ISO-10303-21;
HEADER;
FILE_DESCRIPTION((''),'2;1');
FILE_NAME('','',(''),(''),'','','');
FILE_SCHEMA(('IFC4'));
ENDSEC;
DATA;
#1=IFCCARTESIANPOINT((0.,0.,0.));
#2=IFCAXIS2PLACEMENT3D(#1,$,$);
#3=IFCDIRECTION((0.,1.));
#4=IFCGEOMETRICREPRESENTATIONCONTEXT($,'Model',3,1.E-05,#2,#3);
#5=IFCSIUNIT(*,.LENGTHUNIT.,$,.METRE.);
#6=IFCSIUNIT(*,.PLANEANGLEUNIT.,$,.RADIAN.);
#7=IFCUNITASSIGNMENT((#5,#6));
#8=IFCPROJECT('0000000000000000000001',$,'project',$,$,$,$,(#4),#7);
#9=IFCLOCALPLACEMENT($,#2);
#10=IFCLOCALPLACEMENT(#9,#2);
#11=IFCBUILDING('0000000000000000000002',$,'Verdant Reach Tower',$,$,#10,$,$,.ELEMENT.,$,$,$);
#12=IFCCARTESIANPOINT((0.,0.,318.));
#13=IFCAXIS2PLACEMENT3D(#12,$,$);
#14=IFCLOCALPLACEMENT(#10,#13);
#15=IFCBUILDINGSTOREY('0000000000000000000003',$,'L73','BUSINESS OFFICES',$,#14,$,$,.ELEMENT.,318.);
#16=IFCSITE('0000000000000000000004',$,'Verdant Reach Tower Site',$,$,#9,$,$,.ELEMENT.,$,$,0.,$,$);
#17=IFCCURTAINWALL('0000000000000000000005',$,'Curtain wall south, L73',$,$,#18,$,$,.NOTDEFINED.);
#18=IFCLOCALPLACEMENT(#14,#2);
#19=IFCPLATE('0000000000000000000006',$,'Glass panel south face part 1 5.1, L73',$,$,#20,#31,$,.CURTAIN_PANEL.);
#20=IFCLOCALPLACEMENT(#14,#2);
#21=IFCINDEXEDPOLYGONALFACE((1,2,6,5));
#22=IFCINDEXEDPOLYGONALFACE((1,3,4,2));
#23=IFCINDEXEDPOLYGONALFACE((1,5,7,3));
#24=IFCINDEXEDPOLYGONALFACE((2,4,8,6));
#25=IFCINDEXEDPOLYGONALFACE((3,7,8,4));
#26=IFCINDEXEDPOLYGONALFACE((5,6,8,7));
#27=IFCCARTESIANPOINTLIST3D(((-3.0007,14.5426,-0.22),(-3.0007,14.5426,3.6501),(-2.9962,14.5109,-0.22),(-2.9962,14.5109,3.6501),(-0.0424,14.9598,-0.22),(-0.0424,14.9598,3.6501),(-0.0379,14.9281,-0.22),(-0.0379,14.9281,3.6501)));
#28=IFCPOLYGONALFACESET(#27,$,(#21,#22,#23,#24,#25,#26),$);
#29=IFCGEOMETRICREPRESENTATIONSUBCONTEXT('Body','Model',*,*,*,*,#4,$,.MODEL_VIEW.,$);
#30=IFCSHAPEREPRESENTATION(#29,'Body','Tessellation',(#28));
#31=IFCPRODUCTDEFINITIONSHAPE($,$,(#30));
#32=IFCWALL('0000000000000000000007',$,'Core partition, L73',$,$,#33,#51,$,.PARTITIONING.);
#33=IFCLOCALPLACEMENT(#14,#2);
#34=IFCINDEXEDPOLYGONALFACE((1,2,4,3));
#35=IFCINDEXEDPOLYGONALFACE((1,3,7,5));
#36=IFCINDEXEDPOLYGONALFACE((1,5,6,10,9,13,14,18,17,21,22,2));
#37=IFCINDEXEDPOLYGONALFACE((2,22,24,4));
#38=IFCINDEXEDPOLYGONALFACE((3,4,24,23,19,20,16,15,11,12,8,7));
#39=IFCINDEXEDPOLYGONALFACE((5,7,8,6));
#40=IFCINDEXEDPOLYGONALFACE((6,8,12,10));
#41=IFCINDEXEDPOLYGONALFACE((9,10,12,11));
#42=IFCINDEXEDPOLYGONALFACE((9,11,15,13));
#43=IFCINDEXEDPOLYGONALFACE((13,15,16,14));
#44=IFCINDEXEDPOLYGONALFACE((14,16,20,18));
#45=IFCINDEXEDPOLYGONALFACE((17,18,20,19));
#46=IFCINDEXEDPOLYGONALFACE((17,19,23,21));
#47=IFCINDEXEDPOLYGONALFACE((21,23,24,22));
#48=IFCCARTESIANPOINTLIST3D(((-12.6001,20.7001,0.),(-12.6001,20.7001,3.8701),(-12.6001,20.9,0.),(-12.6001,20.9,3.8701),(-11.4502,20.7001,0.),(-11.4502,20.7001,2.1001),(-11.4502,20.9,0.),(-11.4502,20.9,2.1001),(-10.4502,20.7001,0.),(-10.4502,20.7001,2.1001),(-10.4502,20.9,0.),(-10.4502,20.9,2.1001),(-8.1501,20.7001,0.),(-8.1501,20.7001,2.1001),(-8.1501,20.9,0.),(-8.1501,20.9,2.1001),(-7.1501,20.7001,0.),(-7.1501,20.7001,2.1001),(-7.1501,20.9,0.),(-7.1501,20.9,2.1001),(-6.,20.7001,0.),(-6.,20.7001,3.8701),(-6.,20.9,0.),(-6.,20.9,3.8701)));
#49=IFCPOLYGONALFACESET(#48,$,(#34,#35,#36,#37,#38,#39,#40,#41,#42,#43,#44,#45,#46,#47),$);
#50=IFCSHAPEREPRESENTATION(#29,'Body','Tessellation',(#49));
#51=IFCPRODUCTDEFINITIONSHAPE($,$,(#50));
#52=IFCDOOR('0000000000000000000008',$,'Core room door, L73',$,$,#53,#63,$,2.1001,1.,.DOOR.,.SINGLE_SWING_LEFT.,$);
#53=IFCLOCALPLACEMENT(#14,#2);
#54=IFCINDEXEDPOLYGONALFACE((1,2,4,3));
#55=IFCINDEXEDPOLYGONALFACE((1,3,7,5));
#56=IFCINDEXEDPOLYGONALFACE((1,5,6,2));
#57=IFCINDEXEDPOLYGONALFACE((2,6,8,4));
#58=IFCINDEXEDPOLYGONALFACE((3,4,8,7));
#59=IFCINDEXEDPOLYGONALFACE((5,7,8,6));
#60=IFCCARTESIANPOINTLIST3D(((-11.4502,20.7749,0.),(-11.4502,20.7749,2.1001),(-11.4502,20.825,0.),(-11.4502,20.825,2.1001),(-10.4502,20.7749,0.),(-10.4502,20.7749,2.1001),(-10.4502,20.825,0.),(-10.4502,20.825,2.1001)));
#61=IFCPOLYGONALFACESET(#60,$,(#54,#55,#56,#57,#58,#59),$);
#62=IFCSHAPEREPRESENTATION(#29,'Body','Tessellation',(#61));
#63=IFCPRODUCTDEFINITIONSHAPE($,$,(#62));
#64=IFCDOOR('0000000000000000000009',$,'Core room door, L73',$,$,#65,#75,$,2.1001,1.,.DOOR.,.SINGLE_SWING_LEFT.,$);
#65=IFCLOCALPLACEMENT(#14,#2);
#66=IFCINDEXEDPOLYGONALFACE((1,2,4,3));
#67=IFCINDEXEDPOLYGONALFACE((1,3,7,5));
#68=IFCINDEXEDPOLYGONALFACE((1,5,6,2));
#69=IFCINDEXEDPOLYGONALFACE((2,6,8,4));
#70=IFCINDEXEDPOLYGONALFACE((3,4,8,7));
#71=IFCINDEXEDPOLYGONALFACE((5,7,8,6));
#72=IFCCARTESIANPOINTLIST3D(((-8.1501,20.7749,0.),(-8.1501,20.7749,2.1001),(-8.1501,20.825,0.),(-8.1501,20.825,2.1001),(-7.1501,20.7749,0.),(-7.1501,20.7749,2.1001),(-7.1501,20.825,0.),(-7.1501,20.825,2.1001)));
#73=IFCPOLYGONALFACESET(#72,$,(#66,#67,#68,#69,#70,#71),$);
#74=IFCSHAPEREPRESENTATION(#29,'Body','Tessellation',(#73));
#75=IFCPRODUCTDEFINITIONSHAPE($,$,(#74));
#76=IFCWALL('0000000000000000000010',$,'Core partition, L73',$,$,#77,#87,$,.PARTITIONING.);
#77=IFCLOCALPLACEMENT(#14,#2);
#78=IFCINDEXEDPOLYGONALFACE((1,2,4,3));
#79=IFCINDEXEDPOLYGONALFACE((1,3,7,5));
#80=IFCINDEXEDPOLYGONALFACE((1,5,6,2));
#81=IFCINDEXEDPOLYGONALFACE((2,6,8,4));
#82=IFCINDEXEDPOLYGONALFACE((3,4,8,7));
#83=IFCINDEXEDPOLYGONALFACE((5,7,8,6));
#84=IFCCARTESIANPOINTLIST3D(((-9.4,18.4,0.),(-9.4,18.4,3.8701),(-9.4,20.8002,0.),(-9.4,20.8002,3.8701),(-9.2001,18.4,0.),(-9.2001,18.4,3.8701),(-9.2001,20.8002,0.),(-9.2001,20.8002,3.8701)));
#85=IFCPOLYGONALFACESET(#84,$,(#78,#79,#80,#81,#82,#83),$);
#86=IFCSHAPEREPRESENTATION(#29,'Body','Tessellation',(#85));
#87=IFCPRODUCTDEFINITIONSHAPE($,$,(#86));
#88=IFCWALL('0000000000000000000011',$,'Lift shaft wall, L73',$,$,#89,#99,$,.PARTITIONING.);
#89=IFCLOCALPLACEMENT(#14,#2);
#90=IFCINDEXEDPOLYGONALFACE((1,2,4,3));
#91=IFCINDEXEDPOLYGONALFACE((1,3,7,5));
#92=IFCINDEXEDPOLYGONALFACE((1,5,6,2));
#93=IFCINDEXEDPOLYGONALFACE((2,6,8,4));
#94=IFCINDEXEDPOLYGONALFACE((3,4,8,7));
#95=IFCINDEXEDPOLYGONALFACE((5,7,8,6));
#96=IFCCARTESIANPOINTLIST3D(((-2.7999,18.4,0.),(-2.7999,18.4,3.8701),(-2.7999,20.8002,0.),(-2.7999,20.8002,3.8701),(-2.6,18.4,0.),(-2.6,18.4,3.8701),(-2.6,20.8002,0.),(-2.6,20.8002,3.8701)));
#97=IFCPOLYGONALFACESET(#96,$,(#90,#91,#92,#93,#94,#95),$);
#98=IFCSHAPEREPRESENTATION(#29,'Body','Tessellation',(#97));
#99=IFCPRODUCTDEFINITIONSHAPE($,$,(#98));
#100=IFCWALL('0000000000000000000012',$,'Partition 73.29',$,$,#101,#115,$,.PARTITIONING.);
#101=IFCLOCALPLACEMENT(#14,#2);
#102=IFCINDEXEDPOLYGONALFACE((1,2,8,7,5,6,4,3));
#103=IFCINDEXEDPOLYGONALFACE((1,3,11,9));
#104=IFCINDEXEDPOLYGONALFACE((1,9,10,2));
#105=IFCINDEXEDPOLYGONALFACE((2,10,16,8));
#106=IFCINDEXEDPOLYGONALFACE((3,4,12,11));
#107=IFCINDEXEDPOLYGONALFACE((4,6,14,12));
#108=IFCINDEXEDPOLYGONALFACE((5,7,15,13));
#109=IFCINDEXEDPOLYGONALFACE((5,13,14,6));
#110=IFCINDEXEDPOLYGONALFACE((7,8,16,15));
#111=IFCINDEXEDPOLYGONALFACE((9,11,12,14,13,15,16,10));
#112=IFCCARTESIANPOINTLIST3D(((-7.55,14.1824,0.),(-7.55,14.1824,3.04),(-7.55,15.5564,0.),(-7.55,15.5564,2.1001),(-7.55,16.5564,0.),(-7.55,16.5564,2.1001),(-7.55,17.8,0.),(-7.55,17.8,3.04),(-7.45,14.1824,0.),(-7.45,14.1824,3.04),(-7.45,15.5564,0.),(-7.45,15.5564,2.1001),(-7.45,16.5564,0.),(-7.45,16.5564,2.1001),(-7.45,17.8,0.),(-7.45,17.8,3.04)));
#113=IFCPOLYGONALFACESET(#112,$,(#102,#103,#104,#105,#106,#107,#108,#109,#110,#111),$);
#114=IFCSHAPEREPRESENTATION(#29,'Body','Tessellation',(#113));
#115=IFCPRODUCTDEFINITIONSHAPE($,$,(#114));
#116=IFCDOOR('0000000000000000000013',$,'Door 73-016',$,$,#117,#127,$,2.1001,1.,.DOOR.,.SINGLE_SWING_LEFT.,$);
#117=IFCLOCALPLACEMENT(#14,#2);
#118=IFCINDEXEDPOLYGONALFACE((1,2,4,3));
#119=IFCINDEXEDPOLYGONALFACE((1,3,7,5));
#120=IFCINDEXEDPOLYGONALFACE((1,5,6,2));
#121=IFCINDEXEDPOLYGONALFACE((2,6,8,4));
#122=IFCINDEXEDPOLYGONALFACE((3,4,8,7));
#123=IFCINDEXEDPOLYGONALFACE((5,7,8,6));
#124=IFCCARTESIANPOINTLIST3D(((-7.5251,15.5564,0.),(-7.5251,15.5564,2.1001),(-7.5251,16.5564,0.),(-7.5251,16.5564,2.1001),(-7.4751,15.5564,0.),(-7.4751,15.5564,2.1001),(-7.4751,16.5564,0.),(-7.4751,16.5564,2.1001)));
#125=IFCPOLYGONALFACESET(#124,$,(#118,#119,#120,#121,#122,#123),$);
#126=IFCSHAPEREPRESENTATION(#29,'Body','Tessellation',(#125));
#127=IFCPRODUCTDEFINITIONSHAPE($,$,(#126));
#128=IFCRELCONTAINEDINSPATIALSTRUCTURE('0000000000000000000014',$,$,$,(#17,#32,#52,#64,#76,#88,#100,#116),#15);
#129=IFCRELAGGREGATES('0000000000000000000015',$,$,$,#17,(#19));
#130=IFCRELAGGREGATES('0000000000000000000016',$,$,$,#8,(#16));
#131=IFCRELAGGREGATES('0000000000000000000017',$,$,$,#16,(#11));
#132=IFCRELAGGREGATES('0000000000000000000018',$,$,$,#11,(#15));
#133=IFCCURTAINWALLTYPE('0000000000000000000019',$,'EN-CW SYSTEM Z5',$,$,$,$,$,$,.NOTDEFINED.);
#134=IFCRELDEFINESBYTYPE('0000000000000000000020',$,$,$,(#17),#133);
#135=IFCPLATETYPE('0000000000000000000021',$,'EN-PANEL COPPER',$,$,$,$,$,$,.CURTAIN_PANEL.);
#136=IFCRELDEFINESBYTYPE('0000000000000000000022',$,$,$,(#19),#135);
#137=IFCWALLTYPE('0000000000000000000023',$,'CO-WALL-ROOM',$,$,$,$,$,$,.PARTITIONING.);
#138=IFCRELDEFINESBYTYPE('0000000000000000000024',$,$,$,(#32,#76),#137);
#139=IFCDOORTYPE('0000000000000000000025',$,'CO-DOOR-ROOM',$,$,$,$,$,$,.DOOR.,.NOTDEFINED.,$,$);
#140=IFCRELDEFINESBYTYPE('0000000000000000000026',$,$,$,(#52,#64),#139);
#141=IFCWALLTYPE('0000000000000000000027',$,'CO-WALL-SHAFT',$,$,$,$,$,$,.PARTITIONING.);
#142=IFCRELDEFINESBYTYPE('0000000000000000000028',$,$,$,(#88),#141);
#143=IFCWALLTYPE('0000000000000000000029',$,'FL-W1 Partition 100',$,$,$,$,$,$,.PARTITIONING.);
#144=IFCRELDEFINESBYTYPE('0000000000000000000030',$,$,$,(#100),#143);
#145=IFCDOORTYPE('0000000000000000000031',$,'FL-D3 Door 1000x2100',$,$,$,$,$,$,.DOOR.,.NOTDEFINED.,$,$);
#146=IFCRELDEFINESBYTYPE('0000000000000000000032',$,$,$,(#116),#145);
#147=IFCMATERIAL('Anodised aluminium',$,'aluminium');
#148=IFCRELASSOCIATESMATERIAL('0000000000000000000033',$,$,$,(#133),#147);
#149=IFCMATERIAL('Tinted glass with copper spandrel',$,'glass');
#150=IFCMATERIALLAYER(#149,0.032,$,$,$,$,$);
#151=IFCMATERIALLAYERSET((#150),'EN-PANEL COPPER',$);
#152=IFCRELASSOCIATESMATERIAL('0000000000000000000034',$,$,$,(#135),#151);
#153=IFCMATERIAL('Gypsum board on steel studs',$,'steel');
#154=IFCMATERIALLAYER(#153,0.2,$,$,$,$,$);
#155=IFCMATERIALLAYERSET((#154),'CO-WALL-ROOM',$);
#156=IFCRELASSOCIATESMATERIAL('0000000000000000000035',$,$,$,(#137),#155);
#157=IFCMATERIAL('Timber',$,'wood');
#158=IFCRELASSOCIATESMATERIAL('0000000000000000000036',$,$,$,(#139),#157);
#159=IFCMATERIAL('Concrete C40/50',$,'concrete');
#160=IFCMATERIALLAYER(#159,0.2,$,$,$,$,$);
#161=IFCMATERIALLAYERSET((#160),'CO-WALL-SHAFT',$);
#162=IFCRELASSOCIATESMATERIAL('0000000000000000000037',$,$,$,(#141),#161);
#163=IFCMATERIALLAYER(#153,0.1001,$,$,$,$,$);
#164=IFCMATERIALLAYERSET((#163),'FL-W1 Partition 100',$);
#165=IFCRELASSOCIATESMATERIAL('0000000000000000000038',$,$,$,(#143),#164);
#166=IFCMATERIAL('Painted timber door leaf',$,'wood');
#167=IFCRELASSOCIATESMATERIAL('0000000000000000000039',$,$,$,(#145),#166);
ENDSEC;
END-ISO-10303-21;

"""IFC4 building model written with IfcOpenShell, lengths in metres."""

from ifc_helpers import new_model, si_unit, direction, frame, frame_2d, origin, origin_2d, place, context, subcontext, project, spatial, rectangle, extrude, material, layer, layer_set, type_object, element, fill, aggregate, save


model = new_model("IFC4")

# Units and contexts
model_context = context("Model", 3, precision=1e-05, world=origin(), true_north=direction((0.0, 1.0)))
body_context = subcontext(model_context, "Body", "Model", "MODEL_VIEW")
ifc_project = project(units=[si_unit("LENGTHUNIT", "METRE"), si_unit("PLANEANGLEUNIT", "RADIAN")], contexts=[model_context])

# Site, building, storey
site_placement = place(None, origin())
site = spatial("IfcSite", under=ifc_project, at=site_placement, Name="Verdant Reach Tower Site", CompositionType="ELEMENT", RefElevation=0.0)
building_placement = place(site_placement, origin())
building = spatial("IfcBuilding", under=site, at=building_placement, Name="Verdant Reach Tower", CompositionType="ELEMENT")
storey_placement = place(building_placement, frame((0.0, 0.0, 318.0)))
storey = spatial("IfcBuildingStorey", under=building, at=storey_placement, Name="L73", Description="BUSINESS OFFICES", CompositionType="ELEMENT", Elevation=318.0)

# Curtain wall
ifc_material_1 = material(Name="Anodised aluminium", Category="aluminium")
curtain_wall_type = type_object("IfcCurtainWallType", Name="EN-CW SYSTEM Z5", PredefinedType="NOTDEFINED", material=ifc_material_1)
curtain_wall_placement = place(storey_placement, origin())
curtain_wall = element("IfcCurtainWall", 1, at=curtain_wall_placement, inside=storey, type_object=curtain_wall_type, Name="Curtain wall south, L73", PredefinedType="NOTDEFINED")

# Plate
ifc_material_2 = material(Name="Tinted glass with copper spandrel", Category="glass")
ifc_layer_1 = layer(ifc_material_2, 0.032)
ifc_layer_set_1 = layer_set([ifc_layer_1], Name="EN-PANEL COPPER")
plate_type_1 = type_object("IfcPlateType", Name="EN-PANEL COPPER", PredefinedType="CURTAIN_PANEL", material=ifc_layer_set_1)
plate_1_placement = place(storey_placement, frame((-1.5193, 14.7354, -0.22), z_axis=(0.0, 0.0, 1.0), x_axis=(0.9902, 0.139656, 0.0)))
plate_1 = element("IfcPlate", 2, at=plate_1_placement, type_object=plate_type_1, Name="Glass panel south face part 1 5.1, L73", PredefinedType="CURTAIN_PANEL", context=body_context, shape_type="SweptSolid", body=[
    extrude(rectangle(XDim=2.9875, YDim=0.032, at=origin_2d()), origin(), (0.0, 0.0, 1.0), 3.8701),
])
aggregate(curtain_wall, [plate_1])

# Wall, openings, doors
ifc_material_3 = material(Name="Gypsum board on steel studs", Category="steel")
ifc_layer_2 = layer(ifc_material_3, 0.2)
ifc_layer_set_2 = layer_set([ifc_layer_2], Name="CO-WALL-ROOM")
wall_type_1 = type_object("IfcWallType", Name="CO-WALL-ROOM", PredefinedType="PARTITIONING", material=ifc_layer_set_2)
wall_1_placement = place(storey_placement, frame((-12.6001, 20.8, 0.0), z_axis=(0.0, 0.0, 1.0), x_axis=(1.0, 0.0, 0.0)))
wall_1 = element("IfcWall", 3, at=wall_1_placement, inside=storey, type_object=wall_type_1, Name="Core partition, L73", PredefinedType="PARTITIONING", context=body_context, shape_type="SweptSolid", body=[
    extrude(rectangle(XDim=6.6001, YDim=0.2, at=frame_2d((3.3, 0.0))), origin(), (0.0, 0.0, 1.0), 3.8701),
])
opening_1_placement = place(wall_1_placement, frame((1.1499, 0.0, 0.0)))
opening_1 = element("IfcOpeningElement", 4, at=opening_1_placement, cuts=wall_1, PredefinedType="OPENING", context=body_context, shape_type="SweptSolid", body=[
    extrude(rectangle(XDim=1.0, YDim=2.1001, at=frame_2d((0.5, 1.05))), frame((0.0, 0.1099, 0.0), z_axis=(0.0, -1.0, 0.0), x_axis=(1.0, 0.0, 0.0)), (0.0, 0.0, 1.0), 0.22),
])
opening_2_placement = place(wall_1_placement, frame((4.45, 0.0, 0.0)))
opening_2 = element("IfcOpeningElement", 5, at=opening_2_placement, cuts=wall_1, PredefinedType="OPENING", context=body_context, shape_type="SweptSolid", body=[
    extrude(rectangle(XDim=1.0, YDim=2.1001, at=frame_2d((0.5, 1.05))), frame((0.0, 0.1099, 0.0), z_axis=(0.0, -1.0, 0.0), x_axis=(1.0, 0.0, 0.0)), (0.0, 0.0, 1.0), 0.22),
])
ifc_material_4 = material(Name="Timber", Category="wood")
door_type_1 = type_object("IfcDoorType", Name="CO-DOOR-ROOM", OperationType="NOTDEFINED", PredefinedType="DOOR", material=ifc_material_4)
door_1_placement = place(opening_1_placement, origin())
door_1 = element("IfcDoor", 6, at=door_1_placement, inside=storey, type_object=door_type_1, Name="Core room door, L73", OperationType="SINGLE_SWING_LEFT", OverallHeight=2.1001, OverallWidth=1.0, PredefinedType="DOOR", context=body_context, shape_type="SweptSolid", body=[
    extrude(rectangle(XDim=1.0, YDim=2.1001, at=frame_2d((0.5, 1.05))), frame((0.0, 0.0249, 0.0), z_axis=(0.0, -1.0, 0.0), x_axis=(1.0, 0.0, 0.0)), (0.0, 0.0, 1.0), 0.05),
])
fill(opening_1, door_1)
door_2_placement = place(opening_2_placement, origin())
door_2 = element("IfcDoor", 7, at=door_2_placement, inside=storey, type_object=door_type_1, Name="Core room door, L73", OperationType="SINGLE_SWING_LEFT", OverallHeight=2.1001, OverallWidth=1.0, PredefinedType="DOOR", context=body_context, shape_type="SweptSolid", body=[
    extrude(rectangle(XDim=1.0, YDim=2.1001, at=frame_2d((0.5, 1.05))), frame((0.0, 0.0249, 0.0), z_axis=(0.0, -1.0, 0.0), x_axis=(1.0, 0.0, 0.0)), (0.0, 0.0, 1.0), 0.05),
])
fill(opening_2, door_2)

# Walls
wall_2_placement = place(storey_placement, frame((-9.3, 18.3999, 0.0), z_axis=(0.0, 0.0, 1.0), x_axis=(0.0, 1.0, 0.0)))
element("IfcWall", 8, at=wall_2_placement, inside=storey, type_object=wall_type_1, Name="Core partition, L73", PredefinedType="PARTITIONING", context=body_context, shape_type="SweptSolid", body=[
    extrude(rectangle(XDim=2.4001, YDim=0.2, at=frame_2d((1.2002, 0.0))), origin(), (0.0, 0.0, 1.0), 3.8701),
])
ifc_material_5 = material(Name="Concrete C40/50", Category="concrete")
ifc_layer_3 = layer(ifc_material_5, 0.2)
ifc_layer_set_3 = layer_set([ifc_layer_3], Name="CO-WALL-SHAFT")
wall_type_2 = type_object("IfcWallType", Name="CO-WALL-SHAFT", PredefinedType="PARTITIONING", material=ifc_layer_set_3)
wall_3_placement = place(storey_placement, frame((-2.7, 18.3999, 0.0), z_axis=(0.0, 0.0, 1.0), x_axis=(0.0, 1.0, 0.0)))
element("IfcWall", 9, at=wall_3_placement, inside=storey, type_object=wall_type_2, Name="Lift shaft wall, L73", PredefinedType="PARTITIONING", context=body_context, shape_type="SweptSolid", body=[
    extrude(rectangle(XDim=2.4001, YDim=0.2, at=frame_2d((1.2002, 0.0))), origin(), (0.0, 0.0, 1.0), 3.8701),
])

# Wall, opening, door
ifc_layer_4 = layer(ifc_material_3, 0.1001)
ifc_layer_set_4 = layer_set([ifc_layer_4], Name="FL-W1 Partition 100")
wall_type_3 = type_object("IfcWallType", Name="FL-W1 Partition 100", PredefinedType="PARTITIONING", material=ifc_layer_set_4)
wall_4_placement = place(storey_placement, frame((-7.5, 17.8, 0.0), z_axis=(0.0, 0.0, 1.0), x_axis=(0.0, -1.0, 0.0)))
wall_4 = element("IfcWall", 10, at=wall_4_placement, inside=storey, type_object=wall_type_3, Name="Partition 73.29", PredefinedType="PARTITIONING", context=body_context, shape_type="SweptSolid", body=[
    extrude(rectangle(XDim=3.6177, YDim=0.1001, at=frame_2d((1.8088, 0.0))), origin(), (0.0, 0.0, 1.0), 3.04),
])
opening_3_placement = place(wall_4_placement, frame((1.2437, 0.0, 0.0)))
opening_3 = element("IfcOpeningElement", 11, at=opening_3_placement, cuts=wall_4, PredefinedType="OPENING", context=body_context, shape_type="SweptSolid", body=[
    extrude(rectangle(XDim=1.0, YDim=2.1001, at=frame_2d((0.5, 1.05))), frame((0.0, 0.0601, 0.0), z_axis=(0.0, -1.0, 0.0), x_axis=(1.0, 0.0, 0.0)), (0.0, 0.0, 1.0), 0.1201),
])
ifc_material_6 = material(Name="Painted timber door leaf", Category="wood")
door_type_2 = type_object("IfcDoorType", Name="FL-D3 Door 1000x2100", OperationType="NOTDEFINED", PredefinedType="DOOR", material=ifc_material_6)
door_3_placement = place(opening_3_placement, origin())
door_3 = element("IfcDoor", 12, at=door_3_placement, inside=storey, type_object=door_type_2, Name="Door 73-016", OperationType="SINGLE_SWING_LEFT", OverallHeight=2.1001, OverallWidth=1.0, PredefinedType="DOOR", context=body_context, shape_type="SweptSolid", body=[
    extrude(rectangle(XDim=1.0, YDim=2.1001, at=frame_2d((0.5, 1.05))), frame((0.0, 0.0249, 0.0), z_axis=(0.0, -1.0, 0.0), x_axis=(1.0, 0.0, 0.0)), (0.0, 0.0, 1.0), 0.05),
])
fill(opening_3, door_3)

save(model, "model.ifc")
